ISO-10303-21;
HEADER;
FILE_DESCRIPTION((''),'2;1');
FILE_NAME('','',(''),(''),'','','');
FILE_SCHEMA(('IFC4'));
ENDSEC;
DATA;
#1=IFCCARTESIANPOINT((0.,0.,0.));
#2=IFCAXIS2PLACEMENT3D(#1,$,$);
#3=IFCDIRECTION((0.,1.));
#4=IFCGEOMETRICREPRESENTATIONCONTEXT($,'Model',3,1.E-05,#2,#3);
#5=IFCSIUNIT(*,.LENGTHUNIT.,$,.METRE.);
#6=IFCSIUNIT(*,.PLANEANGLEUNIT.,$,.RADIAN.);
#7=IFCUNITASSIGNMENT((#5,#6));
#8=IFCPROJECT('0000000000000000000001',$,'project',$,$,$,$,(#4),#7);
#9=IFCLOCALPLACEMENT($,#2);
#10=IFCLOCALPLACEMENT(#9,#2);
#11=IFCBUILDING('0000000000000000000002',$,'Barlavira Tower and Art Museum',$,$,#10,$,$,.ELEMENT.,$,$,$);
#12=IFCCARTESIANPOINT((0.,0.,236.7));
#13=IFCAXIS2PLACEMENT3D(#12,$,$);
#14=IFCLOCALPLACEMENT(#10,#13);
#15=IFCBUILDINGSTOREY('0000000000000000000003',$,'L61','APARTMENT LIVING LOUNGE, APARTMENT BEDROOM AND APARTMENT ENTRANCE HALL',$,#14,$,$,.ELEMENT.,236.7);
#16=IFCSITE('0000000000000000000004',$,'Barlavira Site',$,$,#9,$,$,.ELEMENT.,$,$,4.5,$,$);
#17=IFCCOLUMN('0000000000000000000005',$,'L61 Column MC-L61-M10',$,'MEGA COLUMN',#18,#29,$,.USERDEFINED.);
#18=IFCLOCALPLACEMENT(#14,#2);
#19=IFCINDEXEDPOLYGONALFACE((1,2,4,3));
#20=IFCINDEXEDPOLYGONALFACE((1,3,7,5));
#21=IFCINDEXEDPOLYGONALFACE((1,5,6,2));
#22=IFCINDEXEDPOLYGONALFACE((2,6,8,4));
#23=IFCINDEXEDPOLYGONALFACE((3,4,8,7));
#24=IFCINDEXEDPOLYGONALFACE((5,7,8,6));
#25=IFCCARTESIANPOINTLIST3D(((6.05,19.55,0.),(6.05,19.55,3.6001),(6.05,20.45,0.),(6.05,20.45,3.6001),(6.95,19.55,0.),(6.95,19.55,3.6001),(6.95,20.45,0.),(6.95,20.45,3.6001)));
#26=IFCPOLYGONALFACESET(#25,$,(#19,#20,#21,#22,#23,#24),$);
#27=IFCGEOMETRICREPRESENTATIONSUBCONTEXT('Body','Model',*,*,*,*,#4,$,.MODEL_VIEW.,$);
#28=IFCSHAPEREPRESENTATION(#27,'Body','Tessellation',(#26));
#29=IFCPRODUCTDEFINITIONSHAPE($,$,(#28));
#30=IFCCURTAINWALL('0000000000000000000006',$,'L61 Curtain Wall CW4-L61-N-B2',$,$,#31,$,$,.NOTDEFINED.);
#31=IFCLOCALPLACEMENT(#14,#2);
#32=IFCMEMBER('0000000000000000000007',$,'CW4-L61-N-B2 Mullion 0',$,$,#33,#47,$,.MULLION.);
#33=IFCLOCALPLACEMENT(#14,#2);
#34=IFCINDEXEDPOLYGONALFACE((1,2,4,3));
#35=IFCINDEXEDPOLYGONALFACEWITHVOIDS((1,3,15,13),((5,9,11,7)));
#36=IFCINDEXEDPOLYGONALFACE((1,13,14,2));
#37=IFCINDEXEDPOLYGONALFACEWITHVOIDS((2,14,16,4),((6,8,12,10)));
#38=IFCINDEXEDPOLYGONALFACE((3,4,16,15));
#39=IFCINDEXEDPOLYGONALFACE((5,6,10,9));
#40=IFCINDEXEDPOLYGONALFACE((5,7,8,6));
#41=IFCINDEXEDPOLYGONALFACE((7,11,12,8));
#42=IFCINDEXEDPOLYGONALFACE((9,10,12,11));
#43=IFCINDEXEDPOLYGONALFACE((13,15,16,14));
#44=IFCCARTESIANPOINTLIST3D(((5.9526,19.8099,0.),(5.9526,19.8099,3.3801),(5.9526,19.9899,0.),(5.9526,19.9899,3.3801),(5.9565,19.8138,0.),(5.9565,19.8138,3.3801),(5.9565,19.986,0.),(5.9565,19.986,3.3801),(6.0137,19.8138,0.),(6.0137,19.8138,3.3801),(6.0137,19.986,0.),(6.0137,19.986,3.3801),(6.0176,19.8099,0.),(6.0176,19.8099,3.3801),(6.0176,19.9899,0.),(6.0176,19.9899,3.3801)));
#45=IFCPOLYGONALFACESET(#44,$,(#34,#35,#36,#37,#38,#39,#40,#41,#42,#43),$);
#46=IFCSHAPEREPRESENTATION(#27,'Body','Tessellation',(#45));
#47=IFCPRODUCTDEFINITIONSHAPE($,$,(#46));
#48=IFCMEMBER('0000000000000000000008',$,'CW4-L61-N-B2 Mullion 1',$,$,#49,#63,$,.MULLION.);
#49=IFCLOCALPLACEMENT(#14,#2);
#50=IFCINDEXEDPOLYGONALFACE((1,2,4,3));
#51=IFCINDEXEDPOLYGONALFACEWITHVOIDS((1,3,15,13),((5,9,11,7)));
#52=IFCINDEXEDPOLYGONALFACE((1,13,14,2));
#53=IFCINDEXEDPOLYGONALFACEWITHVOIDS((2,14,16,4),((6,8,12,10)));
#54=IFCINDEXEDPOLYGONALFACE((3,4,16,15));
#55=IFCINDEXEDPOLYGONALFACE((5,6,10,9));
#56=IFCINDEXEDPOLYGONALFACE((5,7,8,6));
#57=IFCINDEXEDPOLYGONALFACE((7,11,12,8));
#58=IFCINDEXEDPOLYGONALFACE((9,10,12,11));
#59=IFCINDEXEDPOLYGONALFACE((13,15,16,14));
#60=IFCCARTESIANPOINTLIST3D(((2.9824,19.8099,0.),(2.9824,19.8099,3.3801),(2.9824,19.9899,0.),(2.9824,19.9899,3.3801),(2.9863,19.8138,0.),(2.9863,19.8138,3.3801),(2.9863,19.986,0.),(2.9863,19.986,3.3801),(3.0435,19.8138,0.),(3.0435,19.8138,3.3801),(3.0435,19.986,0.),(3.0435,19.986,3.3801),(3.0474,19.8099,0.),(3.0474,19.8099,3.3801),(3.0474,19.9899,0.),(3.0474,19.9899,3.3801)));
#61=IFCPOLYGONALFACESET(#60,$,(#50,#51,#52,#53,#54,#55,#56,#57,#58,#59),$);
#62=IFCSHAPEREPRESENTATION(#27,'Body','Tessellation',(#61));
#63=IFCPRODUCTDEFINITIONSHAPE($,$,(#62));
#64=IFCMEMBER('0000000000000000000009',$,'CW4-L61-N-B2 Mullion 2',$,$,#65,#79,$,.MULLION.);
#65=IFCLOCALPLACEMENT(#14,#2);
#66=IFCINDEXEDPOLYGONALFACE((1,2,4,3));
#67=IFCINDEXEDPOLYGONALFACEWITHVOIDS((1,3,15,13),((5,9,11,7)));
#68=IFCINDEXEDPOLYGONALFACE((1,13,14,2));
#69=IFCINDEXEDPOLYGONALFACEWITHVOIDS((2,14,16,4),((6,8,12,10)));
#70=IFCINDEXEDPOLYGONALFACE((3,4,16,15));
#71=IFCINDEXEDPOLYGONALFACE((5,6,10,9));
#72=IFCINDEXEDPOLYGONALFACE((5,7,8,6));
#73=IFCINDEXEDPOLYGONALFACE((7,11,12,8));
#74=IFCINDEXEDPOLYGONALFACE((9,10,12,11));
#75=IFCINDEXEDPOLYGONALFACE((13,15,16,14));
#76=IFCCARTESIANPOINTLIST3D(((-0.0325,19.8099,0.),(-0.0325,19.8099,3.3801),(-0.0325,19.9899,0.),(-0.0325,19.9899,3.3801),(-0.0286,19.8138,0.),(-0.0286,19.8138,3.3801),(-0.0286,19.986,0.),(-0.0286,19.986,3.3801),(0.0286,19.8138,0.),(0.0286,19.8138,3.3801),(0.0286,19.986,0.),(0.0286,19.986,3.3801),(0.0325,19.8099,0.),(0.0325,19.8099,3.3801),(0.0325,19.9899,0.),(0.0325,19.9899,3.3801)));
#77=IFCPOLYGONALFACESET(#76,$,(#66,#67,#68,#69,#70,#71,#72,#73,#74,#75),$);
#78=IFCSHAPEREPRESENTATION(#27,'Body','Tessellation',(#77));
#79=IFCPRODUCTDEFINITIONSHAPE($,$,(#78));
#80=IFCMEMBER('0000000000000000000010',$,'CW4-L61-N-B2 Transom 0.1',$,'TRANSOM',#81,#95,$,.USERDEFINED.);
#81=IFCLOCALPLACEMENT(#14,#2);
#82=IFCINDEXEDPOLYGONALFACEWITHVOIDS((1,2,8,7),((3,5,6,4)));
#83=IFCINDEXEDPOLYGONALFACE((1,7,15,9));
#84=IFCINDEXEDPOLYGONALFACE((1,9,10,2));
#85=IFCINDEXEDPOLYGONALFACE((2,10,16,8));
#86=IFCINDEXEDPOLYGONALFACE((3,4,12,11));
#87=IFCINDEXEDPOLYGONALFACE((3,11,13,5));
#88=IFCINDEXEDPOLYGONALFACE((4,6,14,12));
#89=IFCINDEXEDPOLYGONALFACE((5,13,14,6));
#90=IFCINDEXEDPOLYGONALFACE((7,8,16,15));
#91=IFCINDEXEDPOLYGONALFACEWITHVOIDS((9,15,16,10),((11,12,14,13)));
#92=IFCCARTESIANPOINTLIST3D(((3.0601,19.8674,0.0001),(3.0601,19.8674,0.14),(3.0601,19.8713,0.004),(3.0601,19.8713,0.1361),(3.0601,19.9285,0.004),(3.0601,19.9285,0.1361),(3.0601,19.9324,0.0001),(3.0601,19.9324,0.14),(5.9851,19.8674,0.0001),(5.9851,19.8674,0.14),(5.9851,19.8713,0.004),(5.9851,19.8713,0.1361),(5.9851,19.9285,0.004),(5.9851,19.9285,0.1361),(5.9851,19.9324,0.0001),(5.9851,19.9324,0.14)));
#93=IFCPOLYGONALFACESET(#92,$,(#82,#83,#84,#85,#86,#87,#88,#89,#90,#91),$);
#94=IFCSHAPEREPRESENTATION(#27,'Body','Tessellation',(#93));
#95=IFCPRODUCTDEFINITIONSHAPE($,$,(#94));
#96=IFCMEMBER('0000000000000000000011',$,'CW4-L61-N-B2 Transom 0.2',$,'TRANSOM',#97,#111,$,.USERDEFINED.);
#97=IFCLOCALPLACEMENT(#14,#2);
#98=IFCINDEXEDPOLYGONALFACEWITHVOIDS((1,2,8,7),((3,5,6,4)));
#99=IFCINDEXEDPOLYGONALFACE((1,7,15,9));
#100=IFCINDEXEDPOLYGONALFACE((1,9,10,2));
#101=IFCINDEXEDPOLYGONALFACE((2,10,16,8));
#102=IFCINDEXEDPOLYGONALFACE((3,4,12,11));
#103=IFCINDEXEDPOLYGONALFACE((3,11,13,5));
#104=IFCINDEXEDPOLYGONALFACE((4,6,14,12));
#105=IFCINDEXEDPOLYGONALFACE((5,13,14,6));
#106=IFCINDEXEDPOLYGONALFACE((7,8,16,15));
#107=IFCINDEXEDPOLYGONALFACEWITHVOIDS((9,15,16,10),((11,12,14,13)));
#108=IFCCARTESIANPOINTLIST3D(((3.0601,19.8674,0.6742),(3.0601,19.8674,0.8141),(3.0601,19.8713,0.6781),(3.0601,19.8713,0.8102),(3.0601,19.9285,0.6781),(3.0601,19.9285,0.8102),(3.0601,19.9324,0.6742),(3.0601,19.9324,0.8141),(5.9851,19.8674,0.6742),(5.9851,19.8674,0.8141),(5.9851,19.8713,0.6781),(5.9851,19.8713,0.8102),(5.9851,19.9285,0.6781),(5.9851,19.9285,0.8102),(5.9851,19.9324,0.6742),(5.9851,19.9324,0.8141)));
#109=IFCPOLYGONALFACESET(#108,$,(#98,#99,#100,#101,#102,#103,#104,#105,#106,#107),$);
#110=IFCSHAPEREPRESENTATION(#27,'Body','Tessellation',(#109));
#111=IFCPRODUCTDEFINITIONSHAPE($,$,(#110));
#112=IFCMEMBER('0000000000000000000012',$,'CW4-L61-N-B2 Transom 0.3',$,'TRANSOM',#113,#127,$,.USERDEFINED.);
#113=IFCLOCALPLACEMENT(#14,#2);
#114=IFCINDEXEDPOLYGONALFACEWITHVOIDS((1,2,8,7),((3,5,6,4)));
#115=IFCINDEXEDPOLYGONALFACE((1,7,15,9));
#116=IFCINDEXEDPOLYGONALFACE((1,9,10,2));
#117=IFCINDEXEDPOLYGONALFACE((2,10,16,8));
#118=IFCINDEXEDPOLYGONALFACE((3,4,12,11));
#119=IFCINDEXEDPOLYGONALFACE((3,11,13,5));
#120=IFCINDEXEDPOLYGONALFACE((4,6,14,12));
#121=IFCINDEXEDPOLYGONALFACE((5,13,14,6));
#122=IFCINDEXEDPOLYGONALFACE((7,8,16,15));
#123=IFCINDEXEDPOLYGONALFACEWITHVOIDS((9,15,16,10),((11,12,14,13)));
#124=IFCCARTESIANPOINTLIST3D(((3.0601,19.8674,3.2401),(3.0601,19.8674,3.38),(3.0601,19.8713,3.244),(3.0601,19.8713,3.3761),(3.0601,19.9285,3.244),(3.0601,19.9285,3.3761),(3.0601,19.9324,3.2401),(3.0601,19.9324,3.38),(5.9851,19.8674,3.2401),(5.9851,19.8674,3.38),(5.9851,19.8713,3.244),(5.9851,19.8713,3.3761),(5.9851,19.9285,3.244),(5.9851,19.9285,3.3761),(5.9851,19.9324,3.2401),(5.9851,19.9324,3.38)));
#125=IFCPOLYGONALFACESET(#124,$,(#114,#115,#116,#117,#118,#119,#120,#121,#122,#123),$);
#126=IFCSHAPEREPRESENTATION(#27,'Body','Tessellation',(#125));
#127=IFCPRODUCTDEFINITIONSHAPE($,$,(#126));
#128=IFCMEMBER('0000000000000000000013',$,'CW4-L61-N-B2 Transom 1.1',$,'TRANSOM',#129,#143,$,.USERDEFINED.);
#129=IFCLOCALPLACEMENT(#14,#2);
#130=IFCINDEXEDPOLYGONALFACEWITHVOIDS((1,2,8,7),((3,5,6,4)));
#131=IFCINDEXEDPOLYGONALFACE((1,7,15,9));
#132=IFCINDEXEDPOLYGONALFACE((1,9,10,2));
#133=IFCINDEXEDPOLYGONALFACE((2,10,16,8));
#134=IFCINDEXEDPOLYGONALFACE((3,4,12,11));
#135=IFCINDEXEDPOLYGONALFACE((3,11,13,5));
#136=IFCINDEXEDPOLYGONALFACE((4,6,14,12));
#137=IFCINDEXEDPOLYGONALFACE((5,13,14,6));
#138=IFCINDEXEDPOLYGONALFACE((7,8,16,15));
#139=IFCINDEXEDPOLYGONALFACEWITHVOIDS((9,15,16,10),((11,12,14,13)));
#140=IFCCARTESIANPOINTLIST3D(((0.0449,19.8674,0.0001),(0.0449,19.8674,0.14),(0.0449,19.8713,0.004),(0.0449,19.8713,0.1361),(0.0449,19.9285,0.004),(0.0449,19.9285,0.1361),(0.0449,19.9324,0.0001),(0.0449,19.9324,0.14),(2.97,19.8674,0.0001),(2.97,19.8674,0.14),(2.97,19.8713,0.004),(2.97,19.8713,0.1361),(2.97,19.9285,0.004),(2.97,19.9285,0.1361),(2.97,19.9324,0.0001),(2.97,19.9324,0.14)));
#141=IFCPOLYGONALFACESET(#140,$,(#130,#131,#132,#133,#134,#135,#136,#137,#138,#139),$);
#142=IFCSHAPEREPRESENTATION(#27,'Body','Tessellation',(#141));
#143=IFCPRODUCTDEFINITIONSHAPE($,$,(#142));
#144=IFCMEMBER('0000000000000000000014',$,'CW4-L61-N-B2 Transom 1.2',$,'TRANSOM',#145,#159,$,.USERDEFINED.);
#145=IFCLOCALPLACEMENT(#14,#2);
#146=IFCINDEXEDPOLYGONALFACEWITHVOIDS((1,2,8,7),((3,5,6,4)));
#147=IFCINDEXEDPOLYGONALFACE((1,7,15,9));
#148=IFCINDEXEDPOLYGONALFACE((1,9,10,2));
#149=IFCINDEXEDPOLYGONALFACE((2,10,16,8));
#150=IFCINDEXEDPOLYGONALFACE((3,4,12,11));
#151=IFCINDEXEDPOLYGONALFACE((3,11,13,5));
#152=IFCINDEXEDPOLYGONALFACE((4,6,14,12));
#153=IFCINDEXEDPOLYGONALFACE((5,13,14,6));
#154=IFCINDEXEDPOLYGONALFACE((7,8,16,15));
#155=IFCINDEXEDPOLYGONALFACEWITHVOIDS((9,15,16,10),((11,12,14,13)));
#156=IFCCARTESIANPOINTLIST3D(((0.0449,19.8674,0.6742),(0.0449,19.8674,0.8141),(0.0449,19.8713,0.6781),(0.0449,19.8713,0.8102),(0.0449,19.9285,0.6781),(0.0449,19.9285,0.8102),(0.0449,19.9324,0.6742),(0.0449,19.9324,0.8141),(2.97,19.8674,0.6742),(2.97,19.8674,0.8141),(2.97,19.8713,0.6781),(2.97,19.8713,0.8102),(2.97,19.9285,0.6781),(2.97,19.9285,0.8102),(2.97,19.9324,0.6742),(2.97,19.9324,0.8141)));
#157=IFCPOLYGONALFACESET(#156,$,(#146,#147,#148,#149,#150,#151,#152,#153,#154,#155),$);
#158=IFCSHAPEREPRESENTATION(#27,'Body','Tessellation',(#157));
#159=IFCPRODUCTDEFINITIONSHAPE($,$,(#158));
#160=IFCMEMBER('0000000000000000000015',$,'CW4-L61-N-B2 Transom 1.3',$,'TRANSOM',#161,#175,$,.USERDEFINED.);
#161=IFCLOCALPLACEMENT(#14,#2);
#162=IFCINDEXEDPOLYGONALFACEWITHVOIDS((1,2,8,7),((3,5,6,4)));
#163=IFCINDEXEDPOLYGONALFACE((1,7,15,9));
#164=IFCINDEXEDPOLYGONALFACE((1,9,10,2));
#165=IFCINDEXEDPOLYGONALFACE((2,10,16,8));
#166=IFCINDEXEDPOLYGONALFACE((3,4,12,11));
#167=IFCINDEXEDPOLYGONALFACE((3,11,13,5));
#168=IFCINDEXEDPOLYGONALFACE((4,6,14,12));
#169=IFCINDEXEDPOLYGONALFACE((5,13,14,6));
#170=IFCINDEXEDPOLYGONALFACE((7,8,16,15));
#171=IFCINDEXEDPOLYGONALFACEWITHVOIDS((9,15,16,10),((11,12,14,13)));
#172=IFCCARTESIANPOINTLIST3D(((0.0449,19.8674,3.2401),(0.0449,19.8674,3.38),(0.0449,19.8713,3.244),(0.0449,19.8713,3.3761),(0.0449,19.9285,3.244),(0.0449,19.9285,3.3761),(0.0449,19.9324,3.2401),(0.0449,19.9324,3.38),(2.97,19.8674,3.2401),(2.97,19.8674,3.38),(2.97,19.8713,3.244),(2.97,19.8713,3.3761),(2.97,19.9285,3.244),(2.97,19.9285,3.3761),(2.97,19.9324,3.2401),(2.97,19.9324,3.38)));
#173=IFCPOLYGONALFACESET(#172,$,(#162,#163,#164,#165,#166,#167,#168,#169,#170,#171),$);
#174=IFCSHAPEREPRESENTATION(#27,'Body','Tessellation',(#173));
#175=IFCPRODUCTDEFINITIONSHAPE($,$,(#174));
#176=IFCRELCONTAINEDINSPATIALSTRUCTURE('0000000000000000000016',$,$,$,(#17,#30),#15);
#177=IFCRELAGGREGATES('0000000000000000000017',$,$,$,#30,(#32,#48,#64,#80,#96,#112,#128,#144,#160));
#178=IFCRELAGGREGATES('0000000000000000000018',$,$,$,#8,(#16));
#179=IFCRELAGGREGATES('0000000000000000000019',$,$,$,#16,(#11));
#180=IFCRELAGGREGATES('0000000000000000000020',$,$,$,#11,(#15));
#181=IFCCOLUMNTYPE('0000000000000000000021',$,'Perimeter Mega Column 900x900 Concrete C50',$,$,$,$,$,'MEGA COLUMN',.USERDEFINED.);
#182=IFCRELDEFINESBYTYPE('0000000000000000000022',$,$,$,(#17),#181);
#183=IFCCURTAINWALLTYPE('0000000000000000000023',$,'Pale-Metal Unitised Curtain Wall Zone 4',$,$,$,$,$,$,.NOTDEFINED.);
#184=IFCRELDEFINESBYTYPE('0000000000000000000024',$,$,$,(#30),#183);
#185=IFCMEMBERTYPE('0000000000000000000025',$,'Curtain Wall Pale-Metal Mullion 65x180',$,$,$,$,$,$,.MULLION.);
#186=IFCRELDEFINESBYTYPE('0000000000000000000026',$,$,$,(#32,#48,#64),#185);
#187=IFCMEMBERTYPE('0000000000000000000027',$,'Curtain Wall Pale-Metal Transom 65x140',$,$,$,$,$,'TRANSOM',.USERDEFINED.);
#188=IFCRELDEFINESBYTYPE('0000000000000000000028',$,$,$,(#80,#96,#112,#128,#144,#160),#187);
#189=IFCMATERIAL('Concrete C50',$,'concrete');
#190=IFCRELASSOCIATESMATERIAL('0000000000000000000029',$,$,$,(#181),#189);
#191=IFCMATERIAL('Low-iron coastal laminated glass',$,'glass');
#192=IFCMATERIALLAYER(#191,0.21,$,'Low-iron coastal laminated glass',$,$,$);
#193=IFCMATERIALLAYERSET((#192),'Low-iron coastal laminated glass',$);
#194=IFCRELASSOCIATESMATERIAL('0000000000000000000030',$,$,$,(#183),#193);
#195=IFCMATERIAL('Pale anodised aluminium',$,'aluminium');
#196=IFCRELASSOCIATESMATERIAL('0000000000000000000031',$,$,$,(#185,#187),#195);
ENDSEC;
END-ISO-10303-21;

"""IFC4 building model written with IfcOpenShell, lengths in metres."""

from ifc_helpers import new_model, si_unit, direction, frame, origin, origin_2d, place, context, subcontext, project, spatial, rectangle, hollow_rectangle, extrude, material, layer, layer_set, material_profile, profile_set, type_object, element, aggregate, save


model = new_model("IFC4")

# Units and contexts
model_context = context("Model", 3, precision=1e-05, world=origin(), true_north=direction((0.0, 1.0)))
body_context = subcontext(model_context, "Body", "Model", "MODEL_VIEW")
ifc_project = project(units=[si_unit("LENGTHUNIT", "METRE"), si_unit("PLANEANGLEUNIT", "RADIAN")], contexts=[model_context])

# Site, building, storey
site_placement = place(None, origin())
site = spatial("IfcSite", under=ifc_project, at=site_placement, Name="Barlavira Site", CompositionType="ELEMENT", RefElevation=4.5)
building_placement = place(site_placement, origin())
building = spatial("IfcBuilding", under=site, at=building_placement, Name="Barlavira Tower and Art Museum", CompositionType="ELEMENT")
storey_placement = place(building_placement, frame((0.0, 0.0, 236.7)))
storey = spatial("IfcBuildingStorey", under=building, at=storey_placement, Name="L61", Description="APARTMENT LIVING LOUNGE, APARTMENT BEDROOM AND APARTMENT ENTRANCE HALL", CompositionType="ELEMENT", Elevation=236.7)

# Column
ifc_material_1 = material(Name="Concrete C50", Category="concrete")
ifc_material_profile_1 = material_profile(ifc_material_1, rectangle(XDim=0.8999, YDim=0.8999, at=origin_2d()), Name="RC-COL 900x900")
ifc_profile_set_1 = profile_set([ifc_material_profile_1], Name="Concrete C50")
column_type = type_object("IfcColumnType", Name="Perimeter Mega Column 900x900 Concrete C50", ElementType="MEGA COLUMN", PredefinedType="USERDEFINED", material=ifc_profile_set_1)
column_placement = place(storey_placement, frame((6.5, 20.0, 0.0), z_axis=(0.0, 0.0, 1.0), x_axis=(1.0, 0.0, 0.0)))
element("IfcColumn", 1, at=column_placement, inside=storey, type_object=column_type, Name="L61 Column MC-L61-M10", ObjectType="MEGA COLUMN", PredefinedType="USERDEFINED", context=body_context, shape_type="SweptSolid", body=[
    extrude(rectangle(XDim=0.8999, YDim=0.8999, at=origin_2d()), origin(), (0.0, 0.0, 1.0), 3.6001),
])

# Curtain wall, members
ifc_material_2 = material(Name="Low-iron coastal laminated glass", Category="glass")
ifc_layer_1 = layer(ifc_material_2, 0.21, Name="Low-iron coastal laminated glass")
ifc_layer_set_1 = layer_set([ifc_layer_1], Name="Low-iron coastal laminated glass")
curtain_wall_type = type_object("IfcCurtainWallType", Name="Pale-Metal Unitised Curtain Wall Zone 4", PredefinedType="NOTDEFINED", material=ifc_layer_set_1)
curtain_wall_placement = place(storey_placement, origin())
curtain_wall = element("IfcCurtainWall", 2, at=curtain_wall_placement, inside=storey, type_object=curtain_wall_type, Name="L61 Curtain Wall CW4-L61-N-B2", PredefinedType="NOTDEFINED")
ifc_material_3 = material(Name="Pale anodised aluminium", Category="aluminium")
ifc_material_profile_2 = material_profile(ifc_material_3, hollow_rectangle(XDim=0.0649, YDim=0.1799, WallThickness=0.0039, at=origin_2d()), Name="ALU-MULL 65x180x4")
ifc_profile_set_2 = profile_set([ifc_material_profile_2], Name="Pale anodised aluminium")
member_type_1 = type_object("IfcMemberType", Name="Curtain Wall Pale-Metal Mullion 65x180", PredefinedType="MULLION", material=ifc_profile_set_2)
member_1_placement = place(storey_placement, frame((5.9851, 19.8999, 0.0), z_axis=(0.0, 0.0, 1.0), x_axis=(-1.0, 0.0, 0.0)))
member_1 = element("IfcMember", 3, at=member_1_placement, type_object=member_type_1, Name="CW4-L61-N-B2 Mullion 0", PredefinedType="MULLION", context=body_context, shape_type="SweptSolid", body=[
    extrude(hollow_rectangle(XDim=0.0649, YDim=0.1799, WallThickness=0.0039, at=origin_2d()), origin(), (0.0, 0.0, 1.0), 3.3801),
])
member_2_placement = place(storey_placement, frame((3.0149, 19.8999, 0.0), z_axis=(0.0, 0.0, 1.0), x_axis=(-1.0, 0.0, 0.0)))
member_2 = element("IfcMember", 4, at=member_2_placement, type_object=member_type_1, Name="CW4-L61-N-B2 Mullion 1", PredefinedType="MULLION", context=body_context, shape_type="SweptSolid", body=[
    extrude(hollow_rectangle(XDim=0.0649, YDim=0.1799, WallThickness=0.0039, at=origin_2d()), origin(), (0.0, 0.0, 1.0), 3.3801),
])
member_3_placement = place(storey_placement, frame((0.0, 19.8999, 0.0), z_axis=(0.0, 0.0, 1.0), x_axis=(-1.0, 0.0, 0.0)))
member_3 = element("IfcMember", 5, at=member_3_placement, type_object=member_type_1, Name="CW4-L61-N-B2 Mullion 2", PredefinedType="MULLION", context=body_context, shape_type="SweptSolid", body=[
    extrude(hollow_rectangle(XDim=0.0649, YDim=0.1799, WallThickness=0.0039, at=origin_2d()), origin(), (0.0, 0.0, 1.0), 3.3801),
])
ifc_material_profile_3 = material_profile(ifc_material_3, hollow_rectangle(XDim=0.0649, YDim=0.1399, WallThickness=0.0039, at=origin_2d()), Name="ALU-TRAN 65x140x4")
ifc_profile_set_3 = profile_set([ifc_material_profile_3], Name="Pale anodised aluminium")
member_type_2 = type_object("IfcMemberType", Name="Curtain Wall Pale-Metal Transom 65x140", ElementType="TRANSOM", PredefinedType="USERDEFINED", material=ifc_profile_set_3)
member_4_placement = place(storey_placement, frame((5.9851, 19.8999, 0.0701), z_axis=(-1.0, 0.0, 0.0), x_axis=(0.0, -1.0, 0.0)))
member_4 = element("IfcMember", 6, at=member_4_placement, type_object=member_type_2, Name="CW4-L61-N-B2 Transom 0.1", ObjectType="TRANSOM", PredefinedType="USERDEFINED", context=body_context, shape_type="SweptSolid", body=[
    extrude(hollow_rectangle(XDim=0.0649, YDim=0.1399, WallThickness=0.0039, at=origin_2d()), origin(), (0.0, 0.0, 1.0), 2.925),
])
member_5_placement = place(storey_placement, frame((5.9851, 19.8999, 0.7441), z_axis=(-1.0, 0.0, 0.0), x_axis=(0.0, -1.0, 0.0)))
member_5 = element("IfcMember", 7, at=member_5_placement, type_object=member_type_2, Name="CW4-L61-N-B2 Transom 0.2", ObjectType="TRANSOM", PredefinedType="USERDEFINED", context=body_context, shape_type="SweptSolid", body=[
    extrude(hollow_rectangle(XDim=0.0649, YDim=0.1399, WallThickness=0.0039, at=origin_2d()), origin(), (0.0, 0.0, 1.0), 2.925),
])
member_6_placement = place(storey_placement, frame((5.9851, 19.8999, 3.3101), z_axis=(-1.0, 0.0, 0.0), x_axis=(0.0, -1.0, 0.0)))
member_6 = element("IfcMember", 8, at=member_6_placement, type_object=member_type_2, Name="CW4-L61-N-B2 Transom 0.3", ObjectType="TRANSOM", PredefinedType="USERDEFINED", context=body_context, shape_type="SweptSolid", body=[
    extrude(hollow_rectangle(XDim=0.0649, YDim=0.1399, WallThickness=0.0039, at=origin_2d()), origin(), (0.0, 0.0, 1.0), 2.925),
])
member_7_placement = place(storey_placement, frame((2.97, 19.8999, 0.0701), z_axis=(-1.0, 0.0, 0.0), x_axis=(0.0, -1.0, 0.0)))
member_7 = element("IfcMember", 9, at=member_7_placement, type_object=member_type_2, Name="CW4-L61-N-B2 Transom 1.1", ObjectType="TRANSOM", PredefinedType="USERDEFINED", context=body_context, shape_type="SweptSolid", body=[
    extrude(hollow_rectangle(XDim=0.0649, YDim=0.1399, WallThickness=0.0039, at=origin_2d()), origin(), (0.0, 0.0, 1.0), 2.925),
])
member_8_placement = place(storey_placement, frame((2.97, 19.8999, 0.7441), z_axis=(-1.0, 0.0, 0.0), x_axis=(0.0, -1.0, 0.0)))
member_8 = element("IfcMember", 10, at=member_8_placement, type_object=member_type_2, Name="CW4-L61-N-B2 Transom 1.2", ObjectType="TRANSOM", PredefinedType="USERDEFINED", context=body_context, shape_type="SweptSolid", body=[
    extrude(hollow_rectangle(XDim=0.0649, YDim=0.1399, WallThickness=0.0039, at=origin_2d()), origin(), (0.0, 0.0, 1.0), 2.925),
])
member_9_placement = place(storey_placement, frame((2.97, 19.8999, 3.3101), z_axis=(-1.0, 0.0, 0.0), x_axis=(0.0, -1.0, 0.0)))
member_9 = element("IfcMember", 11, at=member_9_placement, type_object=member_type_2, Name="CW4-L61-N-B2 Transom 1.3", ObjectType="TRANSOM", PredefinedType="USERDEFINED", context=body_context, shape_type="SweptSolid", body=[
    extrude(hollow_rectangle(XDim=0.0649, YDim=0.1399, WallThickness=0.0039, at=origin_2d()), origin(), (0.0, 0.0, 1.0), 2.925),
])

aggregate(curtain_wall, [member_1, member_2, member_3, member_4, member_5, member_6, member_7, member_8, member_9])

save(model, "model.ifc")
